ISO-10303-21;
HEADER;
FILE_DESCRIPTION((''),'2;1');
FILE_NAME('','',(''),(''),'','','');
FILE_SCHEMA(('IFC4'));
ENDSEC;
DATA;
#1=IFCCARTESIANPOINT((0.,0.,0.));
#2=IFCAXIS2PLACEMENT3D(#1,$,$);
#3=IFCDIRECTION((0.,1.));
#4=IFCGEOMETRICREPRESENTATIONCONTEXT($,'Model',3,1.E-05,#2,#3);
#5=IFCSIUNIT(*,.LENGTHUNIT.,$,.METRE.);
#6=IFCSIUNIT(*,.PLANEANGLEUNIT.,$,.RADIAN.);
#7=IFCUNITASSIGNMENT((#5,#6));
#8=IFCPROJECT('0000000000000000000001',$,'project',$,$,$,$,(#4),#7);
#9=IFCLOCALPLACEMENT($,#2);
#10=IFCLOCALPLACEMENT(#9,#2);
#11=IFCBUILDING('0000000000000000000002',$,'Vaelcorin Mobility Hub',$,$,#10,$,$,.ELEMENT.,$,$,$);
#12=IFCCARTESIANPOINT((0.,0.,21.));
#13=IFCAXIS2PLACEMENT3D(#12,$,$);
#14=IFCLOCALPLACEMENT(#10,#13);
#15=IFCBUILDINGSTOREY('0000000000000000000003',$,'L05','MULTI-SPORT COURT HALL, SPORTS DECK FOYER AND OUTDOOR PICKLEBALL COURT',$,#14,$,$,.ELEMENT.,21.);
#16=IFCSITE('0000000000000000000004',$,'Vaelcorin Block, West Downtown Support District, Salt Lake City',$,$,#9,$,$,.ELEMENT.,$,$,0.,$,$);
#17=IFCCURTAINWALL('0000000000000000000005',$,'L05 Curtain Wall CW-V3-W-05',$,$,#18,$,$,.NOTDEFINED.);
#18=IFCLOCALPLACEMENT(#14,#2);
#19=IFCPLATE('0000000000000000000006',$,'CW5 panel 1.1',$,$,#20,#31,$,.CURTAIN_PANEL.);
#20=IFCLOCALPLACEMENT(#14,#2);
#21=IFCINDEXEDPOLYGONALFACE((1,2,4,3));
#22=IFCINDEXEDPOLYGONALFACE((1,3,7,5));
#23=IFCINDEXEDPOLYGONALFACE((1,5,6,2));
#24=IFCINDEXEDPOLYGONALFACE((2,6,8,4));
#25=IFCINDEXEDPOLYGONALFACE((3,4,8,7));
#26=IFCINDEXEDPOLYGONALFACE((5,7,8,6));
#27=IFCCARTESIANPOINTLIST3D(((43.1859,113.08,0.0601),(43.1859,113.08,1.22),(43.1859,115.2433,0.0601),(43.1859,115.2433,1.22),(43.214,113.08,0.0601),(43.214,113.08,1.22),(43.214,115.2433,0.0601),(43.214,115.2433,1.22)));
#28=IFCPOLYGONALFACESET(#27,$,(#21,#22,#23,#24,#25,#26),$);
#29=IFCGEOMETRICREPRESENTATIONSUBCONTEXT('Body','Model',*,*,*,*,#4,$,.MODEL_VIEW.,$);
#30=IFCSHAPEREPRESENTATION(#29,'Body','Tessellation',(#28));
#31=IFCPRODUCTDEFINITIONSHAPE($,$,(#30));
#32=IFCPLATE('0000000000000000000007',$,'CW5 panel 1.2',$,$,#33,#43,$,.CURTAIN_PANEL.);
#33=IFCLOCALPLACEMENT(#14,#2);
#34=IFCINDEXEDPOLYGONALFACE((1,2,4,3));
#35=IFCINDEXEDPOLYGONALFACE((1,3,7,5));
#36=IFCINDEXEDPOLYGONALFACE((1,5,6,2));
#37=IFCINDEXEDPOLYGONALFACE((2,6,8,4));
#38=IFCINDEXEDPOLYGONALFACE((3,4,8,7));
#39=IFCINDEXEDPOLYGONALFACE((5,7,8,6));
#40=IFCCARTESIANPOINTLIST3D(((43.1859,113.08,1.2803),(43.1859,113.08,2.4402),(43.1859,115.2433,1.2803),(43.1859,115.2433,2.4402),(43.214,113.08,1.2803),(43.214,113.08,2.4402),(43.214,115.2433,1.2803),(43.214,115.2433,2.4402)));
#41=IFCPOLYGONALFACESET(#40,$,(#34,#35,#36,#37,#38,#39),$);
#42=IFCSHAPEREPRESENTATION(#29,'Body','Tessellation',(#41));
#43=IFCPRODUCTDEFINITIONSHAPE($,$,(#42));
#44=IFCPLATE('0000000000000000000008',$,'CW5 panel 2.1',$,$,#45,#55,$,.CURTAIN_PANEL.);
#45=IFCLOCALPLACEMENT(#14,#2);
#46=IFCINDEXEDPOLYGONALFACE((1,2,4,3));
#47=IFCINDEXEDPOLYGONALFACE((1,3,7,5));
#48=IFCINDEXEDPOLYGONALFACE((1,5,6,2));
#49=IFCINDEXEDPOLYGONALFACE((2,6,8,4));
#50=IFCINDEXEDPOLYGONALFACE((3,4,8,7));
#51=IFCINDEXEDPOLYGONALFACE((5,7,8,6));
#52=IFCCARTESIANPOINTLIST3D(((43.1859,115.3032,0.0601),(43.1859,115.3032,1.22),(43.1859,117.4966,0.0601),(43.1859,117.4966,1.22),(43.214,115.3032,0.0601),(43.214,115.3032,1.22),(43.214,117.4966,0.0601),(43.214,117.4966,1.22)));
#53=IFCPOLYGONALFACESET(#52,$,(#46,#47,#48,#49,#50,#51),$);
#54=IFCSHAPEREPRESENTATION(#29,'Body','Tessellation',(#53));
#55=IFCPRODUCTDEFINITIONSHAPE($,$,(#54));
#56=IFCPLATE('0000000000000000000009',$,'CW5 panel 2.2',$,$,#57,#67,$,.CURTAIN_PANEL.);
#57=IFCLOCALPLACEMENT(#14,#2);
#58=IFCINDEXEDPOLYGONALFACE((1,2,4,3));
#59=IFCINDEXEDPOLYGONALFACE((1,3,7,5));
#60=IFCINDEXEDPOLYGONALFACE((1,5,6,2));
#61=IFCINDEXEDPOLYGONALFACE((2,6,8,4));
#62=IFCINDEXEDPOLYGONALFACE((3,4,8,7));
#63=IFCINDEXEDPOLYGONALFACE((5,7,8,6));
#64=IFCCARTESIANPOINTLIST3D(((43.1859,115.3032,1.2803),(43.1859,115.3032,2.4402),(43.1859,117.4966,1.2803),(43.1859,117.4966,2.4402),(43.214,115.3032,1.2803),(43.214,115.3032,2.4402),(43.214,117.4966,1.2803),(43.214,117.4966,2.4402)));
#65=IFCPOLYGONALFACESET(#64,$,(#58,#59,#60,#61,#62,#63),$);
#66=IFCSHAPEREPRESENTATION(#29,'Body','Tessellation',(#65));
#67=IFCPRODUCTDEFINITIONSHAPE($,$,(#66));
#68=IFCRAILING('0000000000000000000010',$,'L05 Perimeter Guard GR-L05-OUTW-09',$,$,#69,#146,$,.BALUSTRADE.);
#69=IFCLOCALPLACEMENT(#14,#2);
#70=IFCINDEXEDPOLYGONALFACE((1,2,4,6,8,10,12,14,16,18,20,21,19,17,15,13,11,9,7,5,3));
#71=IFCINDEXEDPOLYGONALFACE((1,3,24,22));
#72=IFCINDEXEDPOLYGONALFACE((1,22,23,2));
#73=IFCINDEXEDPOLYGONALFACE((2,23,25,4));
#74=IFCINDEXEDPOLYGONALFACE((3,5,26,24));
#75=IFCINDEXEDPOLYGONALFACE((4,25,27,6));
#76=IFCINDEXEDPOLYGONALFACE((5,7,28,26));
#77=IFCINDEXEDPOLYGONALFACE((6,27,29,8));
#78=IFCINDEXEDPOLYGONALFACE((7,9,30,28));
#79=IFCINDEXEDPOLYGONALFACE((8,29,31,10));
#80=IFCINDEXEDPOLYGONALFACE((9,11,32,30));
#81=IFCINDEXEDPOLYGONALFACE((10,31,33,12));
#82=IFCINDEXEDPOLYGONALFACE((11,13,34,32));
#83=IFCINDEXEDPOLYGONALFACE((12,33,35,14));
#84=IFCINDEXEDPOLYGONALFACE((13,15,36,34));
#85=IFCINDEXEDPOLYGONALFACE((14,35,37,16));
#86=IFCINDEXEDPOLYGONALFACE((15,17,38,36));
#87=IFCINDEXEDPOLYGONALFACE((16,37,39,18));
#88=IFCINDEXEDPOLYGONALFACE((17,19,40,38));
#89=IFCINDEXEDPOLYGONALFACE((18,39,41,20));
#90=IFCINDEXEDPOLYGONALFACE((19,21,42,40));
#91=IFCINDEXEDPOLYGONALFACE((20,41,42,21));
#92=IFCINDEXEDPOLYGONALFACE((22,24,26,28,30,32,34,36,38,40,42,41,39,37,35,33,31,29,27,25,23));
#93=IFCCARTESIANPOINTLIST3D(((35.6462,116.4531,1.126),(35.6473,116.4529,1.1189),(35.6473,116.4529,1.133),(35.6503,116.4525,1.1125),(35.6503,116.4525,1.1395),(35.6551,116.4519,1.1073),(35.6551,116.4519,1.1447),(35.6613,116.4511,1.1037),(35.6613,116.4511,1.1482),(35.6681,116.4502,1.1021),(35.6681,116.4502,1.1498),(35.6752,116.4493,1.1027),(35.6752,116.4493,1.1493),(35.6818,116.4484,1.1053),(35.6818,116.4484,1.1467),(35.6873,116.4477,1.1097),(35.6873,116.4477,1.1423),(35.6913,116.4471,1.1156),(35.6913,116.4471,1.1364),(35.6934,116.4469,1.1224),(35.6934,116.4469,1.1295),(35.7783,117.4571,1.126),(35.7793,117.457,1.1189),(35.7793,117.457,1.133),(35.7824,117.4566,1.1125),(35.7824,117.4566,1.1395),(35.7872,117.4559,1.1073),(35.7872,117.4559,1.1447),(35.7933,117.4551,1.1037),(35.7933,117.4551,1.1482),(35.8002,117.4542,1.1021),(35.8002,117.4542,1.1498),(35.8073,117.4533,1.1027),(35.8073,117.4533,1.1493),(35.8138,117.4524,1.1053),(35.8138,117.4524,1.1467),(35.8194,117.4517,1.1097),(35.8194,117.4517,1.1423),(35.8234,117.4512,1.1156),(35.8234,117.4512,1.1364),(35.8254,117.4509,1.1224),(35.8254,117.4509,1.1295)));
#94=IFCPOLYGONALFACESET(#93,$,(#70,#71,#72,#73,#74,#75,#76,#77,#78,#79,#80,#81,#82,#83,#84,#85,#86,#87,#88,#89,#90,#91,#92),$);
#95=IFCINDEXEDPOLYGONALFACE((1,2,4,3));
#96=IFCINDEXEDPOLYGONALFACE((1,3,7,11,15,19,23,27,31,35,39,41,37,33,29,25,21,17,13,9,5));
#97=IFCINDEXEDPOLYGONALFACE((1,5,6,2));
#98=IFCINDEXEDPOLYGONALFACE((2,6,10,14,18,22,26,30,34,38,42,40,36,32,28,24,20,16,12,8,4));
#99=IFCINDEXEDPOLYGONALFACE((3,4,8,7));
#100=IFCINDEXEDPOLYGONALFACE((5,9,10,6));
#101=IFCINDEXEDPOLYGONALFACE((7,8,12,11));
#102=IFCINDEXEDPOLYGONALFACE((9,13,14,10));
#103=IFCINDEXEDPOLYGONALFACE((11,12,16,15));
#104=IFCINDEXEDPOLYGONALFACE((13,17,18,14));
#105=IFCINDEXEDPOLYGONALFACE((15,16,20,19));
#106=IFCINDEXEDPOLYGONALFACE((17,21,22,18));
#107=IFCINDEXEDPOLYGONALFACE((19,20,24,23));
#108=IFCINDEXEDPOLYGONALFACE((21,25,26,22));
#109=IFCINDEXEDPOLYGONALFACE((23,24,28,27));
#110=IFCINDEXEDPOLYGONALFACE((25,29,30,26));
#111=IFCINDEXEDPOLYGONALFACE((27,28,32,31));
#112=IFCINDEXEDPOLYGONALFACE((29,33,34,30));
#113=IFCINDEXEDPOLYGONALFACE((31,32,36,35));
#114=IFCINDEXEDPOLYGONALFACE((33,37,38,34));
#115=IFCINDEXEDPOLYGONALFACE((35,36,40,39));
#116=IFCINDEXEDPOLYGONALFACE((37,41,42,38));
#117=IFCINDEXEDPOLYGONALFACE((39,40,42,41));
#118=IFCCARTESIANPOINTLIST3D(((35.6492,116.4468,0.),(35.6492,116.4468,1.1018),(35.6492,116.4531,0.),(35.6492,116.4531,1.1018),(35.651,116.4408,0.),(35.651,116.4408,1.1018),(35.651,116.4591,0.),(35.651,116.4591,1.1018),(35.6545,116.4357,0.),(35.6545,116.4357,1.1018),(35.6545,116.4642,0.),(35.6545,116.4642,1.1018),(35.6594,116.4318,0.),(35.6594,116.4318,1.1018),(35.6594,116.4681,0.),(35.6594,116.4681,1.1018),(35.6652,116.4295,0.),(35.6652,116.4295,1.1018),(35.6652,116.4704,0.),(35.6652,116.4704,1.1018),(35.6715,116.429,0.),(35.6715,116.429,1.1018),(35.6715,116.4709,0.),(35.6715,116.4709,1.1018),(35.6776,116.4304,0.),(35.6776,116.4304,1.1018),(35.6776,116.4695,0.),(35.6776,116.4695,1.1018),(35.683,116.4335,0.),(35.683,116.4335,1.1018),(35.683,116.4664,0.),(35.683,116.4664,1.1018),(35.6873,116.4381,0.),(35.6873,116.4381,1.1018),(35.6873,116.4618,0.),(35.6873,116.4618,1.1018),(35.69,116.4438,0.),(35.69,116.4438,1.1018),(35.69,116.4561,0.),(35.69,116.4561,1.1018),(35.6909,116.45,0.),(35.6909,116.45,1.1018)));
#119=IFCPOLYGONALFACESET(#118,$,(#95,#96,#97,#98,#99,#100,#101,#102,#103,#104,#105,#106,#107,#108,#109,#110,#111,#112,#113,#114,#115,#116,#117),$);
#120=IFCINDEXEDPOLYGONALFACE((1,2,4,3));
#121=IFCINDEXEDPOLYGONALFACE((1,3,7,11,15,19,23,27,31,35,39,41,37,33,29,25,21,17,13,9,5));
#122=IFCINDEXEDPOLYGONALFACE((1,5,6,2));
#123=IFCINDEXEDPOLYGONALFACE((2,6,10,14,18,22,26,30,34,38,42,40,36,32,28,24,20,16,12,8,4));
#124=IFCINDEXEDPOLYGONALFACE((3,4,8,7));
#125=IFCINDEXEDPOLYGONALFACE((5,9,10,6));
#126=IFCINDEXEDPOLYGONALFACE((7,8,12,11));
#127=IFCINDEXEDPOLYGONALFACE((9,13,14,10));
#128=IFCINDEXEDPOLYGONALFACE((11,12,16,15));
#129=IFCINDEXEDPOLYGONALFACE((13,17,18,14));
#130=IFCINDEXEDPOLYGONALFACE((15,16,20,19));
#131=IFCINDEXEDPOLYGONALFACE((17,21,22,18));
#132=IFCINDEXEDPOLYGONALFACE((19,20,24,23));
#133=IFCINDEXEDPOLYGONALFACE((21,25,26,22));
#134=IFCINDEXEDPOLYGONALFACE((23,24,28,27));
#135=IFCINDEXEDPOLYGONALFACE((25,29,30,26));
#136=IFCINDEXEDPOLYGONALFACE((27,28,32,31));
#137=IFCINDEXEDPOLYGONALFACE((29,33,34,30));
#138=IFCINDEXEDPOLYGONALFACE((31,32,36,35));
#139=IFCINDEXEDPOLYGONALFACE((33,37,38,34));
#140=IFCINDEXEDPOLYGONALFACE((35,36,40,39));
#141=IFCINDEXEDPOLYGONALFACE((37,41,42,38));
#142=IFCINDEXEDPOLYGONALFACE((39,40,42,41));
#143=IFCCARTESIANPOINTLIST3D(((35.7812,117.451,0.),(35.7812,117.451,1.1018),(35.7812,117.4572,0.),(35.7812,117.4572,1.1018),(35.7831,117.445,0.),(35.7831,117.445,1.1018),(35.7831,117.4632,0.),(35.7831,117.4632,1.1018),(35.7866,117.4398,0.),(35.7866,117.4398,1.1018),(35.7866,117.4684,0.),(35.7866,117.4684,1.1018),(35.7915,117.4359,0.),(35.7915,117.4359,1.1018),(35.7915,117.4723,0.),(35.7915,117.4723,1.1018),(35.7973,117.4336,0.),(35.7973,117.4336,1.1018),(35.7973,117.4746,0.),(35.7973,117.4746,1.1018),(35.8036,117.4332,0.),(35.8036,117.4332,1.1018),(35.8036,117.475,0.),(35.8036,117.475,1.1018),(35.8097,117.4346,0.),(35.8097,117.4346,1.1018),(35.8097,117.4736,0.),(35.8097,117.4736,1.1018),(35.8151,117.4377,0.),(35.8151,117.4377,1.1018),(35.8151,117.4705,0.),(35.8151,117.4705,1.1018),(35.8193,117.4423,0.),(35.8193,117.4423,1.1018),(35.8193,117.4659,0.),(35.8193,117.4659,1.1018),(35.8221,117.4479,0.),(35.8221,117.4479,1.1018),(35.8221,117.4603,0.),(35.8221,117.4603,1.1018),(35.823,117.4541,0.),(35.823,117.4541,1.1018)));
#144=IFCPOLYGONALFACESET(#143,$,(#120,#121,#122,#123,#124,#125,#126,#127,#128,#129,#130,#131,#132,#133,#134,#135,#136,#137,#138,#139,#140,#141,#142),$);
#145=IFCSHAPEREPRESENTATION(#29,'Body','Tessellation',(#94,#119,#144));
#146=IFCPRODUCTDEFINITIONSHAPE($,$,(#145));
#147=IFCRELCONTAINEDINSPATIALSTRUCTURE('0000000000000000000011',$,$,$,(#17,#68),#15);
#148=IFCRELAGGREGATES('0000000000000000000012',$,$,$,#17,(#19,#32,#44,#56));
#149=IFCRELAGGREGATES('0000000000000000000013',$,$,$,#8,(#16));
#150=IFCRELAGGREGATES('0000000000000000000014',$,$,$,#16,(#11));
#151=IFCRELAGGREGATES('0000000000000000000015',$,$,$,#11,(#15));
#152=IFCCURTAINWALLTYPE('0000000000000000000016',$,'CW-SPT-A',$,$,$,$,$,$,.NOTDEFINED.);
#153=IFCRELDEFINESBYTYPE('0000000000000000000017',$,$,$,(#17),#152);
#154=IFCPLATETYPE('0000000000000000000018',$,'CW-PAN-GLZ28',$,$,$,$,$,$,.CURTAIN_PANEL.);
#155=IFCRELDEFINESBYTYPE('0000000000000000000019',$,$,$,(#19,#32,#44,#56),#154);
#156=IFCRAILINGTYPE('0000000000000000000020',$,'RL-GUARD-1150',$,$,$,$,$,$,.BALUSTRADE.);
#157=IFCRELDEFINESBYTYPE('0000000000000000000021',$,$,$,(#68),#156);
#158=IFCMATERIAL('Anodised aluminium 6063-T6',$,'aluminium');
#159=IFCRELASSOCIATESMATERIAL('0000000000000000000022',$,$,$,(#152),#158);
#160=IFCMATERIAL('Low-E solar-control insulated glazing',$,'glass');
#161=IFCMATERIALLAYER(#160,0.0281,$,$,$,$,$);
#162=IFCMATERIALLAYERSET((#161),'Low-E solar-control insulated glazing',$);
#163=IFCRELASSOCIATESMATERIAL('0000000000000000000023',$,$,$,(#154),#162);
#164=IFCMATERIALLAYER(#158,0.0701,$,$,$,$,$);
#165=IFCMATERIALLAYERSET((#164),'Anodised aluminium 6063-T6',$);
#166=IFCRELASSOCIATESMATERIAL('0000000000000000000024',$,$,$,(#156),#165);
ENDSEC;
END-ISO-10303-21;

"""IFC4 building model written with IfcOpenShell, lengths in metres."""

from ifc_helpers import new_model, si_unit, direction, frame, origin, origin_2d, place, context, subcontext, project, spatial, rectangle, circle, extrude, material, layer, layer_set, type_object, element, aggregate, save


model = new_model("IFC4")

# Units and contexts
model_context = context("Model", 3, precision=1e-05, world=origin(), true_north=direction((0.0, 1.0)))
body_context = subcontext(model_context, "Body", "Model", "MODEL_VIEW")
ifc_project = project(units=[si_unit("LENGTHUNIT", "METRE"), si_unit("PLANEANGLEUNIT", "RADIAN")], contexts=[model_context])

# Site, building, storey
site_placement = place(None, origin())
site = spatial("IfcSite", under=ifc_project, at=site_placement, Name="Vaelcorin Block, West Downtown Support District, Salt Lake City", CompositionType="ELEMENT", RefElevation=0.0)
building_placement = place(site_placement, origin())
building = spatial("IfcBuilding", under=site, at=building_placement, Name="Vaelcorin Mobility Hub", CompositionType="ELEMENT")
storey_placement = place(building_placement, frame((0.0, 0.0, 21.0)))
storey = spatial("IfcBuildingStorey", under=building, at=storey_placement, Name="L05", Description="MULTI-SPORT COURT HALL, SPORTS DECK FOYER AND OUTDOOR PICKLEBALL COURT", CompositionType="ELEMENT", Elevation=21.0)

# Curtain wall, plates
ifc_material_1 = material(Name="Anodised aluminium 6063-T6", Category="aluminium")
curtain_wall_type = type_object("IfcCurtainWallType", Name="CW-SPT-A", PredefinedType="NOTDEFINED", material=ifc_material_1)
curtain_wall_placement = place(storey_placement, origin())
curtain_wall = element("IfcCurtainWall", 1, at=curtain_wall_placement, inside=storey, type_object=curtain_wall_type, Name="L05 Curtain Wall CW-V3-W-05", PredefinedType="NOTDEFINED")
ifc_material_2 = material(Name="Low-E solar-control insulated glazing", Category="glass")
ifc_layer_1 = layer(ifc_material_2, 0.0281)
ifc_layer_set_1 = layer_set([ifc_layer_1], Name="Low-E solar-control insulated glazing")
plate_type = type_object("IfcPlateType", Name="CW-PAN-GLZ28", PredefinedType="CURTAIN_PANEL", material=ifc_layer_set_1)
plate_1_placement = place(storey_placement, frame((43.2, 114.1616, 0.0601), z_axis=(0.0, 0.0, 1.0), x_axis=(0.0, 1.0, 0.0)))
plate_1 = element("IfcPlate", 2, at=plate_1_placement, type_object=plate_type, Name="CW5 panel 1.1", PredefinedType="CURTAIN_PANEL", context=body_context, shape_type="SweptSolid", body=[
    extrude(rectangle(XDim=2.1633, YDim=0.0281, at=origin_2d()), origin(), (0.0, 0.0, 1.0), 1.1599),
])
plate_2_placement = place(storey_placement, frame((43.2, 114.1616, 1.2803), z_axis=(0.0, 0.0, 1.0), x_axis=(0.0, 1.0, 0.0)))
plate_2 = element("IfcPlate", 3, at=plate_2_placement, type_object=plate_type, Name="CW5 panel 1.2", PredefinedType="CURTAIN_PANEL", context=body_context, shape_type="SweptSolid", body=[
    extrude(rectangle(XDim=2.1633, YDim=0.0281, at=origin_2d()), origin(), (0.0, 0.0, 1.0), 1.1599),
])
plate_3_placement = place(storey_placement, frame((43.2, 116.3999, 0.0601), z_axis=(0.0, 0.0, 1.0), x_axis=(0.0, 1.0, 0.0)))
plate_3 = element("IfcPlate", 4, at=plate_3_placement, type_object=plate_type, Name="CW5 panel 2.1", PredefinedType="CURTAIN_PANEL", context=body_context, shape_type="SweptSolid", body=[
    extrude(rectangle(XDim=2.1934, YDim=0.0281, at=origin_2d()), origin(), (0.0, 0.0, 1.0), 1.1599),
])
plate_4_placement = place(storey_placement, frame((43.2, 116.3999, 1.2803), z_axis=(0.0, 0.0, 1.0), x_axis=(0.0, 1.0, 0.0)))
plate_4 = element("IfcPlate", 5, at=plate_4_placement, type_object=plate_type, Name="CW5 panel 2.2", PredefinedType="CURTAIN_PANEL", context=body_context, shape_type="SweptSolid", body=[
    extrude(rectangle(XDim=2.1934, YDim=0.0281, at=origin_2d()), origin(), (0.0, 0.0, 1.0), 1.1599),
])
aggregate(curtain_wall, [plate_1, plate_2, plate_3, plate_4])

# Railing
ifc_layer_2 = layer(ifc_material_1, 0.0701)
ifc_layer_set_2 = layer_set([ifc_layer_2], Name="Anodised aluminium 6063-T6")
railing_type = type_object("IfcRailingType", Name="RL-GUARD-1150", PredefinedType="BALUSTRADE", material=ifc_layer_set_2)
railing_1_placement = place(storey_placement, frame((35.6699, 116.45, 0.0)))
element("IfcRailing", 6, at=railing_1_placement, inside=storey, type_object=railing_type, Name="L05 Perimeter Guard GR-L05-OUTW-09", PredefinedType="BALUSTRADE", context=body_context, shape_type="SweptSolid", body=[
    extrude(circle(Radius=0.0239, at=origin_2d()), frame((0.0, 0.0, 1.126), z_axis=(0.130411, 0.99146, 0.0), x_axis=(-0.99146, 0.130411, 0.0)), (0.0, 0.0, 1.0), 1.0127),
    extrude(circle(Radius=0.021, at=origin_2d()), origin(), (0.0, 0.0, 1.0), 1.1018),
    extrude(circle(Radius=0.021, at=origin_2d()), frame((0.1321, 1.0042, 0.0)), (0.0, 0.0, 1.0), 1.1018),
])

save(model, "model.ifc")
